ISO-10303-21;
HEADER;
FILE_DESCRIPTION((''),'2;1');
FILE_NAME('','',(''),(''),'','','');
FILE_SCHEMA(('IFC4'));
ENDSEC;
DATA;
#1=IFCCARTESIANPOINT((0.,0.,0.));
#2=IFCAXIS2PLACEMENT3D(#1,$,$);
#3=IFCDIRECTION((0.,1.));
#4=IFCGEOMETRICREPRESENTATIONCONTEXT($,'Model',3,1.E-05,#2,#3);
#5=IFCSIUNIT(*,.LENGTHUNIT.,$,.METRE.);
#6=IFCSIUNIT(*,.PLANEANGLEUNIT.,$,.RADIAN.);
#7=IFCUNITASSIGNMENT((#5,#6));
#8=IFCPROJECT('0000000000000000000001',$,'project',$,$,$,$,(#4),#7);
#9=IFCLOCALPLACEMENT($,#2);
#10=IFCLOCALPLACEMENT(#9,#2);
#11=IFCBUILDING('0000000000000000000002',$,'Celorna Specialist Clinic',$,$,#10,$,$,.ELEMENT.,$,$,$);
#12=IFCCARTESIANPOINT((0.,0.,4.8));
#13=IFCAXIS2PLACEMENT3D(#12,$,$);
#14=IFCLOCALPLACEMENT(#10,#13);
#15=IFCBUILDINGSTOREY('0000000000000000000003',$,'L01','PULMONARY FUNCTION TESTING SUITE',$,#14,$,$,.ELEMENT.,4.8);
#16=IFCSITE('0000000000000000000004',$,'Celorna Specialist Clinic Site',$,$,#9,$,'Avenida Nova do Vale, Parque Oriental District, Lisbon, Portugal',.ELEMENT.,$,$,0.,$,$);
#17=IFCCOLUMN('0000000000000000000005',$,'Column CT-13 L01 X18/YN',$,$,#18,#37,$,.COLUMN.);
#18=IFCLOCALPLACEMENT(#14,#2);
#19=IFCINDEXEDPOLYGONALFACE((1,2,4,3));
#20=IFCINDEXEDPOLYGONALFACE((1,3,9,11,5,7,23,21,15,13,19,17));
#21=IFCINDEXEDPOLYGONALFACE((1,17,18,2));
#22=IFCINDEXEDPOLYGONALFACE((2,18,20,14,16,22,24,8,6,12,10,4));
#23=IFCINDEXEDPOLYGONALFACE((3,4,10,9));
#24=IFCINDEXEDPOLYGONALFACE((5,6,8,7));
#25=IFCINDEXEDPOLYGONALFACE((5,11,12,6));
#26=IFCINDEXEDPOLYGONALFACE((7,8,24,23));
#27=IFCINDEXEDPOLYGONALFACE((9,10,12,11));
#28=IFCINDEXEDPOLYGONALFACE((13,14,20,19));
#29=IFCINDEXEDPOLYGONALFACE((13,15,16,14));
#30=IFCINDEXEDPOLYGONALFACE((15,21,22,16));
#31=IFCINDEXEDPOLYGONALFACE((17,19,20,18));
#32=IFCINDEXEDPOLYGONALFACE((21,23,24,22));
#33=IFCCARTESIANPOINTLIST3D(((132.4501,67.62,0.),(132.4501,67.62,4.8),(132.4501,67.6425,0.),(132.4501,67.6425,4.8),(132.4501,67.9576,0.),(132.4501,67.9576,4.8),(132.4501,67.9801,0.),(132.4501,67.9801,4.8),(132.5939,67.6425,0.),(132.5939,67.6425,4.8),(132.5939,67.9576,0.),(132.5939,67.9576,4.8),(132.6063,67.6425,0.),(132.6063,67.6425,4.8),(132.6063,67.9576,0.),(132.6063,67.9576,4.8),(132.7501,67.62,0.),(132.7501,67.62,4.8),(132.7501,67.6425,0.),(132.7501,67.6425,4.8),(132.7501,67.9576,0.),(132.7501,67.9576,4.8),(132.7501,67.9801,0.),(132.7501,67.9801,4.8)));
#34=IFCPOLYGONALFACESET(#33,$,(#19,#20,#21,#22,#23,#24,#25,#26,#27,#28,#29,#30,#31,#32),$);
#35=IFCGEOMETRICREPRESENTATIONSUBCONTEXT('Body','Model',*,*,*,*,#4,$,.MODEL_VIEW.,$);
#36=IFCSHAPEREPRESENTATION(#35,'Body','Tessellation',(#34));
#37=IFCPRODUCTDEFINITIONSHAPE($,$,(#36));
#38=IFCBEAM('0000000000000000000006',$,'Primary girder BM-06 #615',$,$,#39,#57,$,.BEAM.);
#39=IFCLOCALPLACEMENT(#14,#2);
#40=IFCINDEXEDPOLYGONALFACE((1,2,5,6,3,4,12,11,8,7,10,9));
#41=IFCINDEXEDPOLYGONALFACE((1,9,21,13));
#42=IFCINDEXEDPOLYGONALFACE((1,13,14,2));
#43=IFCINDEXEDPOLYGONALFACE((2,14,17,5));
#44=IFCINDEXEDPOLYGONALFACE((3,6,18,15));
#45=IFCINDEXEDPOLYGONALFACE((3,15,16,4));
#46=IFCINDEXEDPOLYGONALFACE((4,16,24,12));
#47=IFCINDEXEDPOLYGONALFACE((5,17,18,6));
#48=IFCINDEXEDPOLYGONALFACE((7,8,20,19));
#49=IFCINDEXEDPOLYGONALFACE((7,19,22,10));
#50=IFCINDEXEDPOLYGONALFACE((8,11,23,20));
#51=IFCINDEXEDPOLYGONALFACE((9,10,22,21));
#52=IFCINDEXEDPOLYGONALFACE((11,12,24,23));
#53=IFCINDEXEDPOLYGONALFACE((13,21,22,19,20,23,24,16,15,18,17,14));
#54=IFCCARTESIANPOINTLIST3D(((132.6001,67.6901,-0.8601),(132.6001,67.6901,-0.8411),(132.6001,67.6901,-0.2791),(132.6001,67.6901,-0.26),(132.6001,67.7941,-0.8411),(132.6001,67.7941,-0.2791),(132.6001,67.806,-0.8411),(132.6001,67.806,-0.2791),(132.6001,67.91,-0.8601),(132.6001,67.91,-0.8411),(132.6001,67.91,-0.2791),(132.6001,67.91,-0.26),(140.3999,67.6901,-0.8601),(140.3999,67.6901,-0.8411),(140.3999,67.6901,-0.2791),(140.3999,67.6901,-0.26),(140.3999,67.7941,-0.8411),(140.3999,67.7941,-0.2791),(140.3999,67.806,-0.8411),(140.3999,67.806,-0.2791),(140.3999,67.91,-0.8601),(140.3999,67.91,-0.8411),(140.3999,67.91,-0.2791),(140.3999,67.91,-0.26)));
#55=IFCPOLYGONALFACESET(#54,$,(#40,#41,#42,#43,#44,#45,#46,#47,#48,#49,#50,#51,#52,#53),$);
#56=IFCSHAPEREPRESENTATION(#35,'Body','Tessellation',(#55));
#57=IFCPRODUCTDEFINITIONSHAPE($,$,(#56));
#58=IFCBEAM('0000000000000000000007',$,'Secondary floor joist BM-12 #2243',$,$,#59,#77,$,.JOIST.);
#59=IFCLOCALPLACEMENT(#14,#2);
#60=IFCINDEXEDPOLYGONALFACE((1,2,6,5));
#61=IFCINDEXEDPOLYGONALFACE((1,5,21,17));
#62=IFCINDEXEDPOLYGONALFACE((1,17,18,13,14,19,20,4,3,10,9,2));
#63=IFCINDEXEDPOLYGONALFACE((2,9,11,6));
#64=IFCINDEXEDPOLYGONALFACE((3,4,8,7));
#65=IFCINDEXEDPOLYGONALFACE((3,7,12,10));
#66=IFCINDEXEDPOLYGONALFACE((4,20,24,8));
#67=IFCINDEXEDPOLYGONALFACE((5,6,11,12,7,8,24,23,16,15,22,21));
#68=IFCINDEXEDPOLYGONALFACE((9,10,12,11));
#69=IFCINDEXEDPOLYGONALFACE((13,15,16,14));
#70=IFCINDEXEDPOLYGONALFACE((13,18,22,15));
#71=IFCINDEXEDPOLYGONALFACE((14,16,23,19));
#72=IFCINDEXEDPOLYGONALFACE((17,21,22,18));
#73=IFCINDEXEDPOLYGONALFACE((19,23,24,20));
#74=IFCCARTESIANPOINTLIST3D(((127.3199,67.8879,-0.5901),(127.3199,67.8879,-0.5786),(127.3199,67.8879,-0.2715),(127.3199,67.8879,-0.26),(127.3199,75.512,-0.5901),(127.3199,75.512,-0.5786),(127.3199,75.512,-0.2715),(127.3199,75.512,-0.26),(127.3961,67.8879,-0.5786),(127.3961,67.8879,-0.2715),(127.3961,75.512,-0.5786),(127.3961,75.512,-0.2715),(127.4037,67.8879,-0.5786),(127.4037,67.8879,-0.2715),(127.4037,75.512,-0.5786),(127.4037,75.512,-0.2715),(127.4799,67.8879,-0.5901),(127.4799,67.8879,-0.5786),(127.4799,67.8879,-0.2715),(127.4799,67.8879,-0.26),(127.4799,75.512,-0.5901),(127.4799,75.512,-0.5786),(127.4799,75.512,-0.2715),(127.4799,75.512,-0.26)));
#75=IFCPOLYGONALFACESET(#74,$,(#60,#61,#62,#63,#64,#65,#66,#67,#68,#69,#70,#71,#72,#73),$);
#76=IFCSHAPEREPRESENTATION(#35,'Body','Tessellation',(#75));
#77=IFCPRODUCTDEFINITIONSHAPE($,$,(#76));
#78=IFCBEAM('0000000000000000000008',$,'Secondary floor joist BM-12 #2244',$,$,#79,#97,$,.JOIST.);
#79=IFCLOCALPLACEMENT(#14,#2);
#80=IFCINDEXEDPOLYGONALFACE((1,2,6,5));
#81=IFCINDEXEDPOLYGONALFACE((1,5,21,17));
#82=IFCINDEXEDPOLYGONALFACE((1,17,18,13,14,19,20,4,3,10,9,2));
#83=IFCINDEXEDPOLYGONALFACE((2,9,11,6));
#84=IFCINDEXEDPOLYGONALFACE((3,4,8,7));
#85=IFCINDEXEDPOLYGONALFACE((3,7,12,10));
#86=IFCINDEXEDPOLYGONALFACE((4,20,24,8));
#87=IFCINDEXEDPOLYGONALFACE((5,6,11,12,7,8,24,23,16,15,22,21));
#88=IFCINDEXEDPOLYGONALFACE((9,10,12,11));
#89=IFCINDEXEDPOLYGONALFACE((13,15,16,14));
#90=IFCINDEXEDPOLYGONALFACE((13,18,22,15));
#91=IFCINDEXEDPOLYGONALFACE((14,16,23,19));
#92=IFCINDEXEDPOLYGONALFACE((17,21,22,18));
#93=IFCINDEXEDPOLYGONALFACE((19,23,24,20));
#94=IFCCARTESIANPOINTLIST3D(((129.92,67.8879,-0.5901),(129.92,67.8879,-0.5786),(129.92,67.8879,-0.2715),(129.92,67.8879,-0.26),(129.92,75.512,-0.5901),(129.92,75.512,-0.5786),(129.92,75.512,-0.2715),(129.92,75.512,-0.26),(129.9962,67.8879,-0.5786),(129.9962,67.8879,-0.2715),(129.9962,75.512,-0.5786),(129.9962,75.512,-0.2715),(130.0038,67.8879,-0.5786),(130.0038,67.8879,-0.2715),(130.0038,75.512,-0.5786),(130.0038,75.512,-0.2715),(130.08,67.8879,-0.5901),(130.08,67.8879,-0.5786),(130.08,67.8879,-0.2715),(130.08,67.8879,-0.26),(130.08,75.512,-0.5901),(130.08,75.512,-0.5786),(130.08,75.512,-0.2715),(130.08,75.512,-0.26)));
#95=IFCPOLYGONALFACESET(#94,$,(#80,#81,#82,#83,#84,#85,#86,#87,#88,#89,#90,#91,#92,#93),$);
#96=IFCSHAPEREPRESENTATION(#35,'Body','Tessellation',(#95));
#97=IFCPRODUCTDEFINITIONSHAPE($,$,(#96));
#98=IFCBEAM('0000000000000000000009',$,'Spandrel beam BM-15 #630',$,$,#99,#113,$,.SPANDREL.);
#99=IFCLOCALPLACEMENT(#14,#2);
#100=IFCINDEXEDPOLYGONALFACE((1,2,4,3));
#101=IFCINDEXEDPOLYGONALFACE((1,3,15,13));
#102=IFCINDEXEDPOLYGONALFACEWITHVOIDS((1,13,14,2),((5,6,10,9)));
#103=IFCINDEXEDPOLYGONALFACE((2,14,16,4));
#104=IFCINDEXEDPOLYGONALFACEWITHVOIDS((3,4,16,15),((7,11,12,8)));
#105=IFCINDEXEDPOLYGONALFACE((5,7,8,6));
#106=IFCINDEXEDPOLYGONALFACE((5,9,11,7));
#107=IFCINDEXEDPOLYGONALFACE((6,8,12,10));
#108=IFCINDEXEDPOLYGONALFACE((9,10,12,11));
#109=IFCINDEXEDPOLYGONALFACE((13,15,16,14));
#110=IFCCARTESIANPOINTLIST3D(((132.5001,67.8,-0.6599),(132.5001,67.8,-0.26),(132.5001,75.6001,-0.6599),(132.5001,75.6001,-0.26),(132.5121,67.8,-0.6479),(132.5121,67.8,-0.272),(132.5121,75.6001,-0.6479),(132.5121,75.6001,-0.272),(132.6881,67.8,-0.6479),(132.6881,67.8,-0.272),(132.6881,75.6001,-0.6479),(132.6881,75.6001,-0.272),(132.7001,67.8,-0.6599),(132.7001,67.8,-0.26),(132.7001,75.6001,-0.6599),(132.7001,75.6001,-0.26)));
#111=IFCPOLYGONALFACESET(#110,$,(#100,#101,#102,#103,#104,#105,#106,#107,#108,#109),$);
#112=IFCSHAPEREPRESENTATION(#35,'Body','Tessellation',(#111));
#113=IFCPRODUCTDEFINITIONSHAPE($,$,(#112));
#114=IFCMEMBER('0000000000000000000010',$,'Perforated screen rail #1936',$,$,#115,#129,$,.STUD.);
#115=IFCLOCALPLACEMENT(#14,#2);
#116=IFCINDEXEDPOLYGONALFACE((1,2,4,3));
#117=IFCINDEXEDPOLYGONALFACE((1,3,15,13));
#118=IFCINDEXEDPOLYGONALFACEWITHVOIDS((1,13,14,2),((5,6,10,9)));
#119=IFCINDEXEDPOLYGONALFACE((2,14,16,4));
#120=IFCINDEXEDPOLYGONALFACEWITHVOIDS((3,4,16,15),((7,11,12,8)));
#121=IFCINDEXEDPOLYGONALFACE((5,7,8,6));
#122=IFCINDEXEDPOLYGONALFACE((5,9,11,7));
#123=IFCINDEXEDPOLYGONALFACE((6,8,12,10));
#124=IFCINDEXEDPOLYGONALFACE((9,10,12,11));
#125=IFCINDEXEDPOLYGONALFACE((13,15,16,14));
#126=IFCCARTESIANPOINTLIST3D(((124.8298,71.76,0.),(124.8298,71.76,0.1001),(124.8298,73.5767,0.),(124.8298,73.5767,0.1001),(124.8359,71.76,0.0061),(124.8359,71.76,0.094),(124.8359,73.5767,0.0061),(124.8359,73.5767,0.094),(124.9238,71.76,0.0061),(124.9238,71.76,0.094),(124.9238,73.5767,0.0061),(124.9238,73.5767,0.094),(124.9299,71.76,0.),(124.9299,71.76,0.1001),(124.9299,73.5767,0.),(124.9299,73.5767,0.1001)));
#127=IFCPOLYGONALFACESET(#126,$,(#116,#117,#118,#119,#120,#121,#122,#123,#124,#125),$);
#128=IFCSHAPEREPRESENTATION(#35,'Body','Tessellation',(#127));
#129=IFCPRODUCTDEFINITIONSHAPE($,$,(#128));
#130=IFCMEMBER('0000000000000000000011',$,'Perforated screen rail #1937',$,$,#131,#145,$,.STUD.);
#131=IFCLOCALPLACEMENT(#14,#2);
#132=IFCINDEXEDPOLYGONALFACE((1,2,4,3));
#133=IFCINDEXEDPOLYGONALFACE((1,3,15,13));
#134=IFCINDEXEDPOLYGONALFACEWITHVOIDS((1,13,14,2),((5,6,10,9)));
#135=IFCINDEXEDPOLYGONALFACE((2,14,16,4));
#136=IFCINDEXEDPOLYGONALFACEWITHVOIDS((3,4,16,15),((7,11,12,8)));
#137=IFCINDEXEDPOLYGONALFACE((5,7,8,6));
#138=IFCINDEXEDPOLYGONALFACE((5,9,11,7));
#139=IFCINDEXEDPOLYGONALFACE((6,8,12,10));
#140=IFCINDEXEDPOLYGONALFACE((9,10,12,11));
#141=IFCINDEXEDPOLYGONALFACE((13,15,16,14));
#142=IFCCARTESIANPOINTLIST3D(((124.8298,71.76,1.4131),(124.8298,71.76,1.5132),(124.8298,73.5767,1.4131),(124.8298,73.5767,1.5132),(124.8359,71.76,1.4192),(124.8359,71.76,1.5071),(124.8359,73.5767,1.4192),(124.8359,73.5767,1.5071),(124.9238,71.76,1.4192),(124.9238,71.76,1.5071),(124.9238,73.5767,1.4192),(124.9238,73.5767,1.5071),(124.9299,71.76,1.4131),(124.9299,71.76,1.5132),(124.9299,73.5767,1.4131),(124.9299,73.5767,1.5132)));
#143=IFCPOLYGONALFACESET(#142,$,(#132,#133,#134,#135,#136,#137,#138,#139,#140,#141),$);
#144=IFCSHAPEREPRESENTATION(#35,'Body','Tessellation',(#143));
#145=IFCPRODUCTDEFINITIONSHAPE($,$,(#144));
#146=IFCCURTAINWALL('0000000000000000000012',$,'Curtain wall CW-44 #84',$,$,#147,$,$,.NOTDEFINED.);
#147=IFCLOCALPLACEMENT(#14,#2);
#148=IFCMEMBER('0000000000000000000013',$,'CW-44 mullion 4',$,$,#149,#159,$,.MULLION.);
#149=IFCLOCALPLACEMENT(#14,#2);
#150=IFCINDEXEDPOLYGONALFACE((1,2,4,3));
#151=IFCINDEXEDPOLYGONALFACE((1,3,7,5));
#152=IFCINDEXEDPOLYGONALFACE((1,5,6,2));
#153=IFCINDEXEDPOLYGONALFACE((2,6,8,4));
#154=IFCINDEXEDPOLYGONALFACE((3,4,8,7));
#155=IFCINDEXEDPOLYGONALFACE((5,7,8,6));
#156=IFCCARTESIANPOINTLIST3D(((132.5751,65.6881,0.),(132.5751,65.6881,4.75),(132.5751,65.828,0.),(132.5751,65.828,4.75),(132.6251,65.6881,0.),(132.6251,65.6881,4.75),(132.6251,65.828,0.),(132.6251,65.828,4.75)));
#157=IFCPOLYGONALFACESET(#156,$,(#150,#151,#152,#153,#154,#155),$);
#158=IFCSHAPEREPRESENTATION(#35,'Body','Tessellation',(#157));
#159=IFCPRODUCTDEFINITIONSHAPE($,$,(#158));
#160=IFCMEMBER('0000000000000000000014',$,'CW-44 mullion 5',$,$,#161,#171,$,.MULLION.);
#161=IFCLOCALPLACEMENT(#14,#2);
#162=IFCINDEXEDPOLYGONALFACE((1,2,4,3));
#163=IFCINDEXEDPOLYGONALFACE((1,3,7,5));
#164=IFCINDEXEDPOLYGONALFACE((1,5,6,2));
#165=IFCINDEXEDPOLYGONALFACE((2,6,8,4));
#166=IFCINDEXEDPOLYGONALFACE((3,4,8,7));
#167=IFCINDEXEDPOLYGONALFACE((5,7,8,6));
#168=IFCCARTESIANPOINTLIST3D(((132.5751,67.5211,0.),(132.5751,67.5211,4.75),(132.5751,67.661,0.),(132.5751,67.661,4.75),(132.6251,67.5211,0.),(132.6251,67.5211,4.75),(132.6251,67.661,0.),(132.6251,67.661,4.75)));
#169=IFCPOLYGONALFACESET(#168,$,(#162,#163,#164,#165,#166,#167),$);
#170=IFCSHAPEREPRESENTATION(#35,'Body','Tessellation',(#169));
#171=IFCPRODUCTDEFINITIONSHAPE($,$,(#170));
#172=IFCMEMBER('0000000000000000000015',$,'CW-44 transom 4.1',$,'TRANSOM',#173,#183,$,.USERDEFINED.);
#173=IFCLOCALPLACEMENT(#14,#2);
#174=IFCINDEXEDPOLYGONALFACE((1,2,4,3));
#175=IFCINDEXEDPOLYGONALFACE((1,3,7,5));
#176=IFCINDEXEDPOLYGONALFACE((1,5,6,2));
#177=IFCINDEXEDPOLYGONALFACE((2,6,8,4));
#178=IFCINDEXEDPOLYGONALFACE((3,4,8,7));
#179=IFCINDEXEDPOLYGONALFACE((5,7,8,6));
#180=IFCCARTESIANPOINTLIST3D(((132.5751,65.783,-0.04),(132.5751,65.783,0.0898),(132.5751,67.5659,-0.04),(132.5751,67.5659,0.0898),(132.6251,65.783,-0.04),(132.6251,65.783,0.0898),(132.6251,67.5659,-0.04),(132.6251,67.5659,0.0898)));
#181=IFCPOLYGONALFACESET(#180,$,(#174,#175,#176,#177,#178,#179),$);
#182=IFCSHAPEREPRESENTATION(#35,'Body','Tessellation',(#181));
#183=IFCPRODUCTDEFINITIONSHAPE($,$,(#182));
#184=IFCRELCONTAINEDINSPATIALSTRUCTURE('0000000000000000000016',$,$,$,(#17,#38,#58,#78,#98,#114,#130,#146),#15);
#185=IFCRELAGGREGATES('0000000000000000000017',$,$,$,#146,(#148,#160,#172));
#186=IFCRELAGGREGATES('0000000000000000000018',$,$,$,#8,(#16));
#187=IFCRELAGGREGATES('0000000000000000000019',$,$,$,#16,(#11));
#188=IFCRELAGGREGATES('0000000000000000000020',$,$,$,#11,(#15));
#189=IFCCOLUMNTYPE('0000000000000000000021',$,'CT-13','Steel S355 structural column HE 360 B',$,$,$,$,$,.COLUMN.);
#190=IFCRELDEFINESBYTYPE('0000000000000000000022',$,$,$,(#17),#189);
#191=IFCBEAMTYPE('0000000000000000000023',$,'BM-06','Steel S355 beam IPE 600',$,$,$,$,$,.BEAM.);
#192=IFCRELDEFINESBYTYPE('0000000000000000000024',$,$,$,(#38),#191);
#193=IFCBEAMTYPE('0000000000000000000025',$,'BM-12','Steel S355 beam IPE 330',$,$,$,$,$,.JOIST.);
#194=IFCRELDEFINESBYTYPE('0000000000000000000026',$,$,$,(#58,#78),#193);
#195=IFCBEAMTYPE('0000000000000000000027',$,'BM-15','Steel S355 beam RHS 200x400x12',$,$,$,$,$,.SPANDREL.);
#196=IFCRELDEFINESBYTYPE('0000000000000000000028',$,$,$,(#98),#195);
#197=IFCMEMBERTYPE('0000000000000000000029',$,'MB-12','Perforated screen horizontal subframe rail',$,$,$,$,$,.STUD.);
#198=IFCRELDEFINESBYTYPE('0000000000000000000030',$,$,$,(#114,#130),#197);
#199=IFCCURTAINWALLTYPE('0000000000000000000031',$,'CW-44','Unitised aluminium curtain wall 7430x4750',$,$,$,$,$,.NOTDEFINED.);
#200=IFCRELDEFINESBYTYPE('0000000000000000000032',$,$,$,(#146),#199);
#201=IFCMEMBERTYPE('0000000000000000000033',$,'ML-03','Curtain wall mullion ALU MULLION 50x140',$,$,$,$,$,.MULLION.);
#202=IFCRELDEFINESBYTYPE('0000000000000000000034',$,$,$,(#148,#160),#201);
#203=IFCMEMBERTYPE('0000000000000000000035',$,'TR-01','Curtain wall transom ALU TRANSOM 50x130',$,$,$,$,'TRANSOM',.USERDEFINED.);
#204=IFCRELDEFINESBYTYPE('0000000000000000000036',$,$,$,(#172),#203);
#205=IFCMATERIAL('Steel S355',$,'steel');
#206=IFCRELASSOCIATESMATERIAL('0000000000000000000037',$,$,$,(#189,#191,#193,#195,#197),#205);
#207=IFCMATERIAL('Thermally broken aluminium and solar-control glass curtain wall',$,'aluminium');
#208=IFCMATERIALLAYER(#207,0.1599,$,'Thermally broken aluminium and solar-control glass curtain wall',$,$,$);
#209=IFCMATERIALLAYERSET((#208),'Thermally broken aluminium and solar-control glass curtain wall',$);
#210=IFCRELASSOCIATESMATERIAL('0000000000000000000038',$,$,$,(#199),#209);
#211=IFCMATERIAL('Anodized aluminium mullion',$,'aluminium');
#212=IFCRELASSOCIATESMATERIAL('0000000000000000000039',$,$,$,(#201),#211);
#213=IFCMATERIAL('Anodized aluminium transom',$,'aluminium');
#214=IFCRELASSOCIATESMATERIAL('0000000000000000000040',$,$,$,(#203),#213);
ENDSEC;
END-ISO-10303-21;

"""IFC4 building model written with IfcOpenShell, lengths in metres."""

from ifc_helpers import new_model, si_unit, direction, frame, origin, origin_2d, place, context, subcontext, project, spatial, rectangle, hollow_rectangle, i_section, extrude, material, layer, layer_set, material_profile, profile_set, type_object, element, aggregate, save


model = new_model("IFC4")

# Units and contexts
model_context = context("Model", 3, precision=1e-05, world=origin(), true_north=direction((0.0, 1.0)))
body_context = subcontext(model_context, "Body", "Model", "MODEL_VIEW")
ifc_project = project(units=[si_unit("LENGTHUNIT", "METRE"), si_unit("PLANEANGLEUNIT", "RADIAN")], contexts=[model_context])

# Site, building, storey
site_placement = place(None, origin())
site = spatial("IfcSite", under=ifc_project, at=site_placement, Name="Celorna Specialist Clinic Site", LongName="Avenida Nova do Vale, Parque Oriental District, Lisbon, Portugal", CompositionType="ELEMENT", RefElevation=0.0)
building_placement = place(site_placement, origin())
building = spatial("IfcBuilding", under=site, at=building_placement, Name="Celorna Specialist Clinic", CompositionType="ELEMENT")
storey_placement = place(building_placement, frame((0.0, 0.0, 4.8)))
storey = spatial("IfcBuildingStorey", under=building, at=storey_placement, Name="L01", Description="PULMONARY FUNCTION TESTING SUITE", CompositionType="ELEMENT", Elevation=4.8)

# Column
ifc_material_1 = material(Name="Steel S355", Category="steel")
ifc_material_profile_1 = material_profile(ifc_material_1, i_section(OverallWidth=0.3, OverallDepth=0.3601, WebThickness=0.0125, FlangeThickness=0.0225, at=origin_2d()), Name="HE 360 B")
ifc_profile_set_1 = profile_set([ifc_material_profile_1], Name="Steel S355")
column_type = type_object("IfcColumnType", Name="CT-13", Description="Steel S355 structural column HE 360 B", PredefinedType="COLUMN", material=ifc_profile_set_1)
column_placement = place(storey_placement, frame((132.6001, 67.8, 0.0), z_axis=(0.0, 0.0, 1.0), x_axis=(1.0, 0.0, 0.0)))
element("IfcColumn", 1, at=column_placement, inside=storey, type_object=column_type, Name="Column CT-13 L01 X18/YN", PredefinedType="COLUMN", context=body_context, shape_type="SweptSolid", body=[
    extrude(i_section(OverallWidth=0.3, OverallDepth=0.3601, WebThickness=0.0125, FlangeThickness=0.0225, at=origin_2d()), origin(), (0.0, 0.0, 1.0), 4.8),
])

# Beams
ifc_material_profile_2 = material_profile(ifc_material_1, i_section(OverallWidth=0.22, OverallDepth=0.6001, WebThickness=0.012, FlangeThickness=0.019, at=origin_2d()), Name="IPE 600")
ifc_profile_set_2 = profile_set([ifc_material_profile_2], Name="Steel S355")
beam_type_1 = type_object("IfcBeamType", Name="BM-06", Description="Steel S355 beam IPE 600", PredefinedType="BEAM", material=ifc_profile_set_2)
beam_1_placement = place(storey_placement, frame((132.6001, 67.8, -0.5601), z_axis=(1.0, 0.0, 0.0), x_axis=(0.0, 1.0, 0.0)))
element("IfcBeam", 2, at=beam_1_placement, inside=storey, type_object=beam_type_1, Name="Primary girder BM-06 #615", PredefinedType="BEAM", context=body_context, shape_type="SweptSolid", body=[
    extrude(i_section(OverallWidth=0.22, OverallDepth=0.6001, WebThickness=0.012, FlangeThickness=0.019, at=origin_2d()), origin(), (0.0, 0.0, 1.0), 7.7998),
])
ifc_material_profile_3 = material_profile(ifc_material_1, i_section(OverallWidth=0.1599, OverallDepth=0.3301, WebThickness=0.0076, FlangeThickness=0.0115, at=origin_2d()), Name="IPE 330")
ifc_profile_set_3 = profile_set([ifc_material_profile_3], Name="Steel S355")
beam_type_2 = type_object("IfcBeamType", Name="BM-12", Description="Steel S355 beam IPE 330", PredefinedType="JOIST", material=ifc_profile_set_3)
for number, where, z_axis, x_axis, name in (
    (3, (127.3999, 67.8879, -0.425), (0.0, 1.0, 0.0), (-1.0, 0.0, 0.0), "Secondary floor joist BM-12 #2243"),
    (4, (130.0, 67.8879, -0.425), (0.0, 1.0, 0.0), (-1.0, 0.0, 0.0), "Secondary floor joist BM-12 #2244"),
):
    element("IfcBeam", number, at=place(storey_placement, frame(where, z_axis=z_axis, x_axis=x_axis)), inside=storey, type_object=beam_type_2, Name=name, PredefinedType="JOIST", context=body_context, shape_type="SweptSolid", body=[
        extrude(i_section(OverallWidth=0.1599, OverallDepth=0.3301, WebThickness=0.0076, FlangeThickness=0.0115, at=origin_2d()), origin(), (0.0, 0.0, 1.0), 7.624),
    ])
ifc_material_profile_4 = material_profile(ifc_material_1, hollow_rectangle(XDim=0.2, YDim=0.3999, WallThickness=0.012, at=origin_2d()), Name="RHS 200x400x12")
ifc_profile_set_4 = profile_set([ifc_material_profile_4], Name="Steel S355")
beam_type_3 = type_object("IfcBeamType", Name="BM-15", Description="Steel S355 beam RHS 200x400x12", PredefinedType="SPANDREL", material=ifc_profile_set_4)
beam_2_placement = place(storey_placement, frame((132.6001, 67.8, -0.46), z_axis=(0.0, 1.0, 0.0), x_axis=(-1.0, 0.0, 0.0)))
element("IfcBeam", 5, at=beam_2_placement, inside=storey, type_object=beam_type_3, Name="Spandrel beam BM-15 #630", PredefinedType="SPANDREL", context=body_context, shape_type="SweptSolid", body=[
    extrude(hollow_rectangle(XDim=0.2, YDim=0.3999, WallThickness=0.012, at=origin_2d()), origin(), (0.0, 0.0, 1.0), 7.8),
])

# Members
ifc_material_profile_5 = material_profile(ifc_material_1, hollow_rectangle(XDim=0.1001, YDim=0.1001, WallThickness=0.0061, at=origin_2d()), Name="SHS 100x100x6")
ifc_profile_set_5 = profile_set([ifc_material_profile_5], Name="Steel S355")
member_type_1 = type_object("IfcMemberType", Name="MB-12", Description="Perforated screen horizontal subframe rail", PredefinedType="STUD", material=ifc_profile_set_5)
for number, where, z_axis, x_axis, name in (
    (6, (124.8799, 71.76, 0.05), (0.0, 1.0, 0.0), (-1.0, 0.0, 0.0), "Perforated screen rail #1936"),
    (7, (124.8799, 71.76, 1.4631), (0.0, 1.0, 0.0), (-1.0, 0.0, 0.0), "Perforated screen rail #1937"),
):
    element("IfcMember", number, at=place(storey_placement, frame(where, z_axis=z_axis, x_axis=x_axis)), inside=storey, type_object=member_type_1, Name=name, PredefinedType="STUD", context=body_context, shape_type="SweptSolid", body=[
        extrude(hollow_rectangle(XDim=0.1001, YDim=0.1001, WallThickness=0.0061, at=origin_2d()), origin(), (0.0, 0.0, 1.0), 1.8167),
    ])

# Curtain wall, members
ifc_material_2 = material(Name="Thermally broken aluminium and solar-control glass curtain wall", Category="aluminium")
ifc_layer_1 = layer(ifc_material_2, 0.1599, Name="Thermally broken aluminium and solar-control glass curtain wall")
ifc_layer_set_1 = layer_set([ifc_layer_1], Name="Thermally broken aluminium and solar-control glass curtain wall")
curtain_wall_type = type_object("IfcCurtainWallType", Name="CW-44", Description="Unitised aluminium curtain wall 7430x4750", PredefinedType="NOTDEFINED", material=ifc_layer_set_1)
curtain_wall_placement = place(storey_placement, origin())
curtain_wall = element("IfcCurtainWall", 8, at=curtain_wall_placement, inside=storey, type_object=curtain_wall_type, Name="Curtain wall CW-44 #84", PredefinedType="NOTDEFINED")
ifc_material_3 = material(Name="Anodized aluminium mullion", Category="aluminium")
ifc_material_profile_6 = material_profile(ifc_material_3, rectangle(XDim=0.05, YDim=0.1399, at=origin_2d()), Name="ALU MULLION 50x140")
ifc_profile_set_6 = profile_set([ifc_material_profile_6], Name="Anodized aluminium mullion")
member_type_2 = type_object("IfcMemberType", Name="ML-03", Description="Curtain wall mullion ALU MULLION 50x140", PredefinedType="MULLION", material=ifc_profile_set_6)
member_1_placement = place(storey_placement, frame((132.6001, 65.7581, 0.0), z_axis=(0.0, 0.0, 1.0), x_axis=(-1.0, 0.0, 0.0)))
member_1 = element("IfcMember", 9, at=member_1_placement, type_object=member_type_2, Name="CW-44 mullion 4", PredefinedType="MULLION", context=body_context, shape_type="SweptSolid", body=[
    extrude(rectangle(XDim=0.05, YDim=0.1399, at=origin_2d()), origin(), (0.0, 0.0, 1.0), 4.75),
])
member_2_placement = place(storey_placement, frame((132.6001, 67.5911, 0.0), z_axis=(0.0, 0.0, 1.0), x_axis=(-1.0, 0.0, 0.0)))
member_2 = element("IfcMember", 10, at=member_2_placement, type_object=member_type_2, Name="CW-44 mullion 5", PredefinedType="MULLION", context=body_context, shape_type="SweptSolid", body=[
    extrude(rectangle(XDim=0.05, YDim=0.1399, at=origin_2d()), origin(), (0.0, 0.0, 1.0), 4.75),
])
ifc_material_4 = material(Name="Anodized aluminium transom", Category="aluminium")
ifc_material_profile_7 = material_profile(ifc_material_4, rectangle(XDim=0.05, YDim=0.1299, at=origin_2d()), Name="ALU TRANSOM 50x130")
ifc_profile_set_7 = profile_set([ifc_material_profile_7], Name="Anodized aluminium transom")
member_type_3 = type_object("IfcMemberType", Name="TR-01", Description="Curtain wall transom ALU TRANSOM 50x130", ElementType="TRANSOM", PredefinedType="USERDEFINED", material=ifc_profile_set_7)
member_3_placement = place(storey_placement, frame((132.6001, 65.783, 0.0249), z_axis=(0.0, 1.0, 0.0), x_axis=(-1.0, 0.0, 0.0)))
member_3 = element("IfcMember", 11, at=member_3_placement, type_object=member_type_3, Name="CW-44 transom 4.1", ObjectType="TRANSOM", PredefinedType="USERDEFINED", context=body_context, shape_type="SweptSolid", body=[
    extrude(rectangle(XDim=0.05, YDim=0.1299, at=origin_2d()), origin(), (0.0, 0.0, 1.0), 1.783),
])
aggregate(curtain_wall, [member_1, member_2, member_3])

save(model, "model.ifc")
